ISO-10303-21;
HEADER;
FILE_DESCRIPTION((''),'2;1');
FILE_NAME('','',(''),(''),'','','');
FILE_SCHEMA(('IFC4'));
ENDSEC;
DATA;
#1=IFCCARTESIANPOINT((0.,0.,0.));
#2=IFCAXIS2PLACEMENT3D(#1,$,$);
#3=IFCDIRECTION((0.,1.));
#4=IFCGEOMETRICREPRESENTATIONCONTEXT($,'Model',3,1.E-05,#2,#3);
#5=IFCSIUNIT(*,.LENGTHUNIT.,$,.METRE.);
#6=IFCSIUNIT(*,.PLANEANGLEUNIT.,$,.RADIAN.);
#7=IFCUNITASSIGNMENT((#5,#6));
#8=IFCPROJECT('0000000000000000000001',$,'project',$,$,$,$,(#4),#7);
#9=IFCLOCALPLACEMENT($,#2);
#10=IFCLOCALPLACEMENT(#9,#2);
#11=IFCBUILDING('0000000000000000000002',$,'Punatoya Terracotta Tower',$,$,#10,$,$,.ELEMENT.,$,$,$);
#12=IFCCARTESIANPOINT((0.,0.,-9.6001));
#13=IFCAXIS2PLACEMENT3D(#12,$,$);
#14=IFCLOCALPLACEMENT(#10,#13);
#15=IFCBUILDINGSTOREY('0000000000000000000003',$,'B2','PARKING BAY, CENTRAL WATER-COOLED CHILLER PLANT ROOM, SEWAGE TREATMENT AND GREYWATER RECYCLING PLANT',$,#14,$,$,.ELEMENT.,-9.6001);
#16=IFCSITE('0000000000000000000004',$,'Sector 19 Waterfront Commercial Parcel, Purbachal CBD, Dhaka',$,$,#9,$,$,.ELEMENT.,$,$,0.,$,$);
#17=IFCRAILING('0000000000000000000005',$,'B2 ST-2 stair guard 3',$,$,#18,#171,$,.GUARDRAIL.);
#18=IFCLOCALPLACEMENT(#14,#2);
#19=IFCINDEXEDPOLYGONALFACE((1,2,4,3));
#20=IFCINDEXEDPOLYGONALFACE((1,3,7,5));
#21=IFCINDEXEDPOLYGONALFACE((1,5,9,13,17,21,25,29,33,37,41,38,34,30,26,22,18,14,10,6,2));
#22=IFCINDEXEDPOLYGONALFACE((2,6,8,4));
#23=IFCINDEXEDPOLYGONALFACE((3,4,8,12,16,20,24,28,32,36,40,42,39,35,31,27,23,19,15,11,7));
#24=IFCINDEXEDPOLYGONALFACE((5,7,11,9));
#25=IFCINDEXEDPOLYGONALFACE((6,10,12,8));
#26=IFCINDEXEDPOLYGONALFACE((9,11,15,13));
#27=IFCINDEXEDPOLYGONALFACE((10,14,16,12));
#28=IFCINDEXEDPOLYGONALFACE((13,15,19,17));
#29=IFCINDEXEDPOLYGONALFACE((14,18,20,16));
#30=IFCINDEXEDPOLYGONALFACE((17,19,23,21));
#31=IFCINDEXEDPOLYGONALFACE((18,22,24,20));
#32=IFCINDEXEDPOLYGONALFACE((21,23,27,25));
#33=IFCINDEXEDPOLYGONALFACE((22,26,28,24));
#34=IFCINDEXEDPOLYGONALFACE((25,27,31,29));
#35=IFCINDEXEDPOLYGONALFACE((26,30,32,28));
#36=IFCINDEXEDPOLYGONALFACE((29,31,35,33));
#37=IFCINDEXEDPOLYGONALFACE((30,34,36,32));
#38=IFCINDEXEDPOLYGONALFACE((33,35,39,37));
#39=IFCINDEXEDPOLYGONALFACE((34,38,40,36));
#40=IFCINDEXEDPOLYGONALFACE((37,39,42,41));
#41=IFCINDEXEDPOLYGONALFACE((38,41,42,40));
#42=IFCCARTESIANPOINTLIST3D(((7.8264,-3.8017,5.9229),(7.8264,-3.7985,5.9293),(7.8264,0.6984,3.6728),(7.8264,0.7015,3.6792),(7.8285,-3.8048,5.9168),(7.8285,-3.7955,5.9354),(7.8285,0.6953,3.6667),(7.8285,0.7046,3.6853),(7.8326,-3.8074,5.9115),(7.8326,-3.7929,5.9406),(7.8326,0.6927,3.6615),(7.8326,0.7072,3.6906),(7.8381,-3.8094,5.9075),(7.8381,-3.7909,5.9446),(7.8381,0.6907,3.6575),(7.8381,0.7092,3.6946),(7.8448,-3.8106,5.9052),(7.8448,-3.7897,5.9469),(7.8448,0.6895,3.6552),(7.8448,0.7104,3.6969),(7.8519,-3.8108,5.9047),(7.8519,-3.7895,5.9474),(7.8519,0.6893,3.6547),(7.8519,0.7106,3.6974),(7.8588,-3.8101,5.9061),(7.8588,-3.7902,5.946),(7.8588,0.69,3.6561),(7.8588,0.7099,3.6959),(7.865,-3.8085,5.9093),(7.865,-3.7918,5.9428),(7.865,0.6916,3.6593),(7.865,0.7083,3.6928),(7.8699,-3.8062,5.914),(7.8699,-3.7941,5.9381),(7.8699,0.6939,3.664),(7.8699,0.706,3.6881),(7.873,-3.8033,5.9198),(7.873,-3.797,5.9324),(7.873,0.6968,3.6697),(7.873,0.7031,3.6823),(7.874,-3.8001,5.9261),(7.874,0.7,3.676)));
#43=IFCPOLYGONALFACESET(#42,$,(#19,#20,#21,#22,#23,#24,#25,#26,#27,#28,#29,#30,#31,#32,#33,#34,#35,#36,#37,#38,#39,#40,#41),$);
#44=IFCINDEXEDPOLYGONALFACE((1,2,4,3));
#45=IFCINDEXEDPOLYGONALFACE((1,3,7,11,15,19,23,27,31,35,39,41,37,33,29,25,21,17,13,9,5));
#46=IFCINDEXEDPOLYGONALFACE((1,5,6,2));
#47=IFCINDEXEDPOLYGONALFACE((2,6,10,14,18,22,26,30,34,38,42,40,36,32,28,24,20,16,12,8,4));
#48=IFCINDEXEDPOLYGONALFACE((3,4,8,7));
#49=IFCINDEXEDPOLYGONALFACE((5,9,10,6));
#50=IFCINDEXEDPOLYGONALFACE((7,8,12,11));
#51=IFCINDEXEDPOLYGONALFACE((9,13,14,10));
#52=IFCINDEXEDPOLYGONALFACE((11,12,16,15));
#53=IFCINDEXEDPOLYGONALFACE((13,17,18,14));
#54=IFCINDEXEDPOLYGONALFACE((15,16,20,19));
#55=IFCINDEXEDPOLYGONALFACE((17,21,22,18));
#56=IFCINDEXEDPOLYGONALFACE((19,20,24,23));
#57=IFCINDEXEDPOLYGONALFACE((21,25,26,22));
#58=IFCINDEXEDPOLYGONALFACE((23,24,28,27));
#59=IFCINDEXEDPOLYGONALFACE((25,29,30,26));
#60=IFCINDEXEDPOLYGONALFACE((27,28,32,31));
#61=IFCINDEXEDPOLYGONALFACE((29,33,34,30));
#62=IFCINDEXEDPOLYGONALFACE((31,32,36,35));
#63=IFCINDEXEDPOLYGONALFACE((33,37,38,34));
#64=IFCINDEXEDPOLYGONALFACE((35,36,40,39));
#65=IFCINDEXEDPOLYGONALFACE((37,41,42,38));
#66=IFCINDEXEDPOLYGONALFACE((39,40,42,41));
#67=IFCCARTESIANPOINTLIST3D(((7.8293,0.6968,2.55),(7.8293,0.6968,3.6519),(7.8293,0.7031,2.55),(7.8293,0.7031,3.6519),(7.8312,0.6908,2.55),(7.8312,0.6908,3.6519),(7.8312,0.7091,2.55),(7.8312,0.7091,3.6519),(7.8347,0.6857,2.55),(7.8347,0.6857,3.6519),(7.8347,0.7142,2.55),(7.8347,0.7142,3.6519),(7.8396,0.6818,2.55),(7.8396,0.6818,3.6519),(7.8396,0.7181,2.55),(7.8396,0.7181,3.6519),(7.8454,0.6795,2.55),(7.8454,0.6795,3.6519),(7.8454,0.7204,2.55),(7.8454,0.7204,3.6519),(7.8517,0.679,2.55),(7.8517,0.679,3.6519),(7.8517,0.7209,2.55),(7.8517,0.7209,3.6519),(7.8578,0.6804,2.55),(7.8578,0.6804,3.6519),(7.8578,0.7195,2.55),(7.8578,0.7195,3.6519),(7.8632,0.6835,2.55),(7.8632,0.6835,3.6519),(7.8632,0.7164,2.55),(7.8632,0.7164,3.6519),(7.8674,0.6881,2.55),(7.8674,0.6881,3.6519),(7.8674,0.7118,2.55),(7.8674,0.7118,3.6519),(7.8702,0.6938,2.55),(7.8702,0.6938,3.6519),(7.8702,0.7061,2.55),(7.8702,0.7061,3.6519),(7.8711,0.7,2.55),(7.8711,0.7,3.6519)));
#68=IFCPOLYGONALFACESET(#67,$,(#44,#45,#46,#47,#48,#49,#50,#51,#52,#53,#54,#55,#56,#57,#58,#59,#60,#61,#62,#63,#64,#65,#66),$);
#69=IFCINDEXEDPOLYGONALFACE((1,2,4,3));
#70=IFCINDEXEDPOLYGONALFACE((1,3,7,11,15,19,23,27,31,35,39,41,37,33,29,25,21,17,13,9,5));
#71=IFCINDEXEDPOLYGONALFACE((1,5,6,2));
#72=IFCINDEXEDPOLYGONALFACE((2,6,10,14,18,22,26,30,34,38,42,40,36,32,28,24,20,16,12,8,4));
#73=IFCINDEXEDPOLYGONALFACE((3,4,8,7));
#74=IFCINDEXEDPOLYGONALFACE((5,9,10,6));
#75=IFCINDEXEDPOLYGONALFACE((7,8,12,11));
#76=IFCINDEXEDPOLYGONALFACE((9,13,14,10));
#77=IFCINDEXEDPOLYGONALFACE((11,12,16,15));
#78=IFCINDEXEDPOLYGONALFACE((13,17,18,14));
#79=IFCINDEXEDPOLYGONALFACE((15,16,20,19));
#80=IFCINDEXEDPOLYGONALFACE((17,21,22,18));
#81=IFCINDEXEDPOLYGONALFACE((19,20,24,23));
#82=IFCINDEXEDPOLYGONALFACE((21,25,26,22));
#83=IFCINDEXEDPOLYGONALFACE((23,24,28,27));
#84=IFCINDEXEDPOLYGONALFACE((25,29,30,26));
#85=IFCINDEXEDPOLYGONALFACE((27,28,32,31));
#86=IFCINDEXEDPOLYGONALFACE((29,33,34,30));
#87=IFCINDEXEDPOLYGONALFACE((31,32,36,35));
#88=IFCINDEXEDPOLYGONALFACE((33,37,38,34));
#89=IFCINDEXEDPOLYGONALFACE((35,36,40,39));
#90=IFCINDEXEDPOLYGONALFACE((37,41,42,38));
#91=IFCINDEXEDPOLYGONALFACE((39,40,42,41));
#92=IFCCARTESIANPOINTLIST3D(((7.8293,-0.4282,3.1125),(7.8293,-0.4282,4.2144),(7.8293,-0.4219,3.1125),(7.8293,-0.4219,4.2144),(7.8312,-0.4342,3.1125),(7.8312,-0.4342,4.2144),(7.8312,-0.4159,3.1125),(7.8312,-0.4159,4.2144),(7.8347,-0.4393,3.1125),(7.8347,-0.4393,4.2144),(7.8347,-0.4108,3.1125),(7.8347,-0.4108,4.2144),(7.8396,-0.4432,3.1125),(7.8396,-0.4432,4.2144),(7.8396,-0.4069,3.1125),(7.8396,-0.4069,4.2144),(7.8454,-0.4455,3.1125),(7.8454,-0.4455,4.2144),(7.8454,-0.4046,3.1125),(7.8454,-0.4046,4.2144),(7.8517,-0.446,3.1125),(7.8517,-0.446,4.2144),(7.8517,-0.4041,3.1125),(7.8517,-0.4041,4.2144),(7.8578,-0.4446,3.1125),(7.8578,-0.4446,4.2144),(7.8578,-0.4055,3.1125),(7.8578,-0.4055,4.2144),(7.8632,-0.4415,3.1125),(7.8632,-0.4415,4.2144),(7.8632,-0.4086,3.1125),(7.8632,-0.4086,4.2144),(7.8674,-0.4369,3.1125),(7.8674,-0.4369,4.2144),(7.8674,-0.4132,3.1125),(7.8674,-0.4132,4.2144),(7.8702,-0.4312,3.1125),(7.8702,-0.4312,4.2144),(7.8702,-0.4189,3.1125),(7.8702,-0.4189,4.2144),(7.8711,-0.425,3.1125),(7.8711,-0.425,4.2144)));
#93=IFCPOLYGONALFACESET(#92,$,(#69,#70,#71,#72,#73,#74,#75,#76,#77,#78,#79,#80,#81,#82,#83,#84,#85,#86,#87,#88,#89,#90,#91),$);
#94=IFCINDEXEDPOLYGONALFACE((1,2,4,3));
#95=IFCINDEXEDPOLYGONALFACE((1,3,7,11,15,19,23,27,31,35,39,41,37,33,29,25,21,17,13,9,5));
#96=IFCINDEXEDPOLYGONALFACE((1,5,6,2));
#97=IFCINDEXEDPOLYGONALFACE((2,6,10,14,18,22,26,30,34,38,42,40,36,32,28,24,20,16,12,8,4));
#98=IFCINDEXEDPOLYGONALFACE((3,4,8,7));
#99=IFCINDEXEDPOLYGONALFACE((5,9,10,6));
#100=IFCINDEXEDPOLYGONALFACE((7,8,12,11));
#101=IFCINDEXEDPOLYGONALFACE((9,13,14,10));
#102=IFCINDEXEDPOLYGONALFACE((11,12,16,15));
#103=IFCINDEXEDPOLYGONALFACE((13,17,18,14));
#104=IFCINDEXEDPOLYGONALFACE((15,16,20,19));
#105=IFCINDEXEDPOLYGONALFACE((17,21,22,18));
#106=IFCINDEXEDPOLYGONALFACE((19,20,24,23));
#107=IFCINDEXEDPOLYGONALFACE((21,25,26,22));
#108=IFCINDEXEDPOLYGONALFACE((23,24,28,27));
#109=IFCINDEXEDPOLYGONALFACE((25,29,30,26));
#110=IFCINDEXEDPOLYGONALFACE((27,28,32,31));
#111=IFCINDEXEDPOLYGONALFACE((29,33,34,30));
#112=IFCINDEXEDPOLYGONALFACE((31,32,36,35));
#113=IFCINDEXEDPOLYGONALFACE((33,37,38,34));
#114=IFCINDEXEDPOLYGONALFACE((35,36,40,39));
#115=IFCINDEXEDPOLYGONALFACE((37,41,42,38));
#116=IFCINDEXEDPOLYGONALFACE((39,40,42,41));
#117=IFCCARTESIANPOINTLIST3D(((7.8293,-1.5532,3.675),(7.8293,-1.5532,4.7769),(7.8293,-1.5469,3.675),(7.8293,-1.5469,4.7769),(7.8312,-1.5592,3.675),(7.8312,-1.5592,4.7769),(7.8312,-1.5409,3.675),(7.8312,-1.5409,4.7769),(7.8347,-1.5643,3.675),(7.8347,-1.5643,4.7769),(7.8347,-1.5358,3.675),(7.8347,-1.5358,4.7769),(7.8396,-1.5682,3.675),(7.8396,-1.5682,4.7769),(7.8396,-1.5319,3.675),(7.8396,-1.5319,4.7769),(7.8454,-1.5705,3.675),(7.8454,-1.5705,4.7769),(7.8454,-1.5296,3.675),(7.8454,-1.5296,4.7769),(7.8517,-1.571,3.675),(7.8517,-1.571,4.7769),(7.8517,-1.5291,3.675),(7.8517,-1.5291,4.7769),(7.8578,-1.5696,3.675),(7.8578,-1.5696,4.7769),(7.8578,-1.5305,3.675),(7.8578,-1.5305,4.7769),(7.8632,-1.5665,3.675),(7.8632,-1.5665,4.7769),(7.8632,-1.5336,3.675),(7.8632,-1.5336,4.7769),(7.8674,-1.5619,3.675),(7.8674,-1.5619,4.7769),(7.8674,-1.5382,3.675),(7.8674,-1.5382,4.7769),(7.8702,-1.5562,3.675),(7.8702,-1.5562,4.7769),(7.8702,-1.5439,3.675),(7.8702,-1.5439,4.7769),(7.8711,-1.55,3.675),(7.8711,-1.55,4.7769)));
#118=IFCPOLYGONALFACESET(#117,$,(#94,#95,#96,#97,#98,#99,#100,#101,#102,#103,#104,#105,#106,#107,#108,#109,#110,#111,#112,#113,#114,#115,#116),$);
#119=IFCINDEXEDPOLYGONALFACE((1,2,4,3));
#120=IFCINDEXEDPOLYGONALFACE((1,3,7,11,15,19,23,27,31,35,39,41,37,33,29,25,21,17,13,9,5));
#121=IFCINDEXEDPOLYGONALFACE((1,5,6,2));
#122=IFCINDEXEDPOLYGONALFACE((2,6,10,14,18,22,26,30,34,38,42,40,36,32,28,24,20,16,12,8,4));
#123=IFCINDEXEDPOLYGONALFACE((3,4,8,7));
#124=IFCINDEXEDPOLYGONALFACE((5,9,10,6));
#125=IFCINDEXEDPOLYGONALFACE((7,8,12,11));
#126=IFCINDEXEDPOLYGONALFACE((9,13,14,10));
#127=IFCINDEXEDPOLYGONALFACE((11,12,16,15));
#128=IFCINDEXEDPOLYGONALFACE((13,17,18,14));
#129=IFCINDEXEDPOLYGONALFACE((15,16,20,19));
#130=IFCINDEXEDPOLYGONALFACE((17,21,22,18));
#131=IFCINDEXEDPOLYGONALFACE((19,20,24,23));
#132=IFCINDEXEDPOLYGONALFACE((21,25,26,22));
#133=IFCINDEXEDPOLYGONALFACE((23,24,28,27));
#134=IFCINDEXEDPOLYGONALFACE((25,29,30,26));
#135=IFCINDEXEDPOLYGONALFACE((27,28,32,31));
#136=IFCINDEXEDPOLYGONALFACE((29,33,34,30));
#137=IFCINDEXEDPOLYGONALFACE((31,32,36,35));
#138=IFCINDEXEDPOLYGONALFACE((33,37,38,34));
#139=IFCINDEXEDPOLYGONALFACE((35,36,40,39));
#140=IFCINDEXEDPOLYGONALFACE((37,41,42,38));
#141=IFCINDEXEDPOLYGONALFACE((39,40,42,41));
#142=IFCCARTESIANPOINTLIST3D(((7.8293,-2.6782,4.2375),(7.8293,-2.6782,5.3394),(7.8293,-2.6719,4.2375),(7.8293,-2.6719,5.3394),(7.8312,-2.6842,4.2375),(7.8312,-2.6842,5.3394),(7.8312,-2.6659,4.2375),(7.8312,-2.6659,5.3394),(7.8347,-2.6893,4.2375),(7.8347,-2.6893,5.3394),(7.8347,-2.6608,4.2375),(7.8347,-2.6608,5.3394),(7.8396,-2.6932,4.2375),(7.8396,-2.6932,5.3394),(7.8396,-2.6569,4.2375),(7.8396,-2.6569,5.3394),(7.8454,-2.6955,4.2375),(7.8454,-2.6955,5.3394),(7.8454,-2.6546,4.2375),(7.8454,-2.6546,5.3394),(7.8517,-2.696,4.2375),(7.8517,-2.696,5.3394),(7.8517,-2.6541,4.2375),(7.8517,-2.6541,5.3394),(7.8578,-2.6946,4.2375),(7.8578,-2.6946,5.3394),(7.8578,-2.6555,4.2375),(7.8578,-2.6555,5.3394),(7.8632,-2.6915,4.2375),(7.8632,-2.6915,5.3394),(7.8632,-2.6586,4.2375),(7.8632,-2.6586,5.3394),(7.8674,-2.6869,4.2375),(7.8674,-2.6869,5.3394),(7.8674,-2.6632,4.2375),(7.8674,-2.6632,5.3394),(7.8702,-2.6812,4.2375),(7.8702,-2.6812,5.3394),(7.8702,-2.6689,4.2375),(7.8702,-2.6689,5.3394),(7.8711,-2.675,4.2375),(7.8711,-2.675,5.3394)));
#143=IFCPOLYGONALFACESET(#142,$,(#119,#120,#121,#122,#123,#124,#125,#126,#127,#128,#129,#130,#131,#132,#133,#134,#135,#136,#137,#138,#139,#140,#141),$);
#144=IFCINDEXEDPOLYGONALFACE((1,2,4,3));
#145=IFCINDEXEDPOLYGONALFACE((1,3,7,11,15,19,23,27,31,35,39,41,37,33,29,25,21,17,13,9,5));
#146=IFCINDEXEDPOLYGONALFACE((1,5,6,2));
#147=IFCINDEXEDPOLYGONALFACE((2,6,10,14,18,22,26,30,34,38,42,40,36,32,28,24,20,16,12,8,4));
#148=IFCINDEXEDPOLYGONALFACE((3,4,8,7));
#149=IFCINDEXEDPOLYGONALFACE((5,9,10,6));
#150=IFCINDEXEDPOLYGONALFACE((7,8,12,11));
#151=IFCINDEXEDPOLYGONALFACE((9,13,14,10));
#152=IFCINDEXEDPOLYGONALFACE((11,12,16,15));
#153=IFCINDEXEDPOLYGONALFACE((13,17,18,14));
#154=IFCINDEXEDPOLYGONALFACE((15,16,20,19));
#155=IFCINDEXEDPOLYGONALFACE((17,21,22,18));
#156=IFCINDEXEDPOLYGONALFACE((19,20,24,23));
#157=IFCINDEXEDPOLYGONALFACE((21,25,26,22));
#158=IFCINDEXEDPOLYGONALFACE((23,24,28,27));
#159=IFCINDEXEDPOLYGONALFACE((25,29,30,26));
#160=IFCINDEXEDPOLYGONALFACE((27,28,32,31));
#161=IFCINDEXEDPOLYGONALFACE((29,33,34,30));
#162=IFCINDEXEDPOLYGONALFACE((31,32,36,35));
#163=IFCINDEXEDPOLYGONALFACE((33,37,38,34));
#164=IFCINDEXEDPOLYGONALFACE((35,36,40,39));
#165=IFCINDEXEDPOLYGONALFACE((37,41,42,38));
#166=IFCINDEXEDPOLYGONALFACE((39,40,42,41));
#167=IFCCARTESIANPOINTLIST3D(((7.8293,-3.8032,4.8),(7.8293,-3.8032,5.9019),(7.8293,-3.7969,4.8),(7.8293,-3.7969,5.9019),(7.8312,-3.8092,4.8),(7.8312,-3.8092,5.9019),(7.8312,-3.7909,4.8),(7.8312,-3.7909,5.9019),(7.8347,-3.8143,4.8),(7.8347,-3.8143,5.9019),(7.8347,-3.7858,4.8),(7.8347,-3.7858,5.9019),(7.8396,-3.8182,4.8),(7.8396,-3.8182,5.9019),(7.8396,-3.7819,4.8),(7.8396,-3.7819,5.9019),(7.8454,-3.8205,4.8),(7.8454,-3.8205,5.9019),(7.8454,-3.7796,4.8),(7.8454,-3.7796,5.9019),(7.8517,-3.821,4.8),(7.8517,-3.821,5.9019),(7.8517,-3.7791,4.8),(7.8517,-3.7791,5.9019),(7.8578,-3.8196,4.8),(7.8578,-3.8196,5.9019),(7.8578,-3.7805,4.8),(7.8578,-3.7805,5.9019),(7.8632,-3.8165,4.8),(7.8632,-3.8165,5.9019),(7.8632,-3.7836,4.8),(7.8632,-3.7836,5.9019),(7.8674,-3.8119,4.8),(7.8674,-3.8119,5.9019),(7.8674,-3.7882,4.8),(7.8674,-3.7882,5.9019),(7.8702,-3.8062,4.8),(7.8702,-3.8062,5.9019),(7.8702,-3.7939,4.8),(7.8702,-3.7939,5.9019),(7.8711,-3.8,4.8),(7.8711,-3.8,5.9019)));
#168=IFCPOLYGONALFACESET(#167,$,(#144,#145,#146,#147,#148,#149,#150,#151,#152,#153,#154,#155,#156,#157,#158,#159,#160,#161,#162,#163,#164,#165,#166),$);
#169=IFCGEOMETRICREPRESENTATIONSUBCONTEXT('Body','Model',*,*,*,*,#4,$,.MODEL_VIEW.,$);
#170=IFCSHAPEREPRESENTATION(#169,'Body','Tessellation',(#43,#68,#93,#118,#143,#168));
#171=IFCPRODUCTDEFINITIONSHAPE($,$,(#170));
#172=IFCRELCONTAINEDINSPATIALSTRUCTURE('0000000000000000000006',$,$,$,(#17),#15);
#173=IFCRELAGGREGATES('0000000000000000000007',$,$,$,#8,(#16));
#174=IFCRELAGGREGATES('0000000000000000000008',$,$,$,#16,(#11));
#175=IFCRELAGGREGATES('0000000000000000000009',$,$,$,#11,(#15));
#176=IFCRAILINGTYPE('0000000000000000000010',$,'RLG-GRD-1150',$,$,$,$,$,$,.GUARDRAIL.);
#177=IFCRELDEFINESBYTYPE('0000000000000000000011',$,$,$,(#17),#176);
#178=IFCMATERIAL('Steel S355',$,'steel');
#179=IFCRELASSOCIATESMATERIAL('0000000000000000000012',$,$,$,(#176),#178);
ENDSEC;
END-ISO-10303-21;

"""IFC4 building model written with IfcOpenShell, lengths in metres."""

from ifc_helpers import new_model, si_unit, direction, frame, origin, origin_2d, place, context, subcontext, project, spatial, circle, extrude, material, type_object, element, save


model = new_model("IFC4")

# Units and contexts
model_context = context("Model", 3, precision=1e-05, world=origin(), true_north=direction((0.0, 1.0)))
body_context = subcontext(model_context, "Body", "Model", "MODEL_VIEW")
ifc_project = project(units=[si_unit("LENGTHUNIT", "METRE"), si_unit("PLANEANGLEUNIT", "RADIAN")], contexts=[model_context])

# Site, building, storey
site_placement = place(None, origin())
site = spatial("IfcSite", under=ifc_project, at=site_placement, Name="Sector 19 Waterfront Commercial Parcel, Purbachal CBD, Dhaka", CompositionType="ELEMENT", RefElevation=0.0)
building_placement = place(site_placement, origin())
building = spatial("IfcBuilding", under=site, at=building_placement, Name="Punatoya Terracotta Tower", CompositionType="ELEMENT")
storey_placement = place(building_placement, frame((0.0, 0.0, -9.6001)))
storey = spatial("IfcBuildingStorey", under=building, at=storey_placement, Name="B2", Description="PARKING BAY, CENTRAL WATER-COOLED CHILLER PLANT ROOM, SEWAGE TREATMENT AND GREYWATER RECYCLING PLANT", CompositionType="ELEMENT", Elevation=-9.6001)

# Shared definitions
ifc_material_1 = material(Name="Steel S355", Category="steel")

# Railing
railing_type_1 = type_object("IfcRailingType", Name="RLG-GRD-1150", PredefinedType="GUARDRAIL", material=ifc_material_1)
railing_1_placement = place(storey_placement, frame((7.8501, 0.7, 2.55)))
element("IfcRailing", 1, at=railing_1_placement, inside=storey, type_object=railing_type_1, Name="B2 ST-2 stair guard 3", PredefinedType="GUARDRAIL", context=body_context, shape_type="SweptSolid", body=[
    extrude(circle(Radius=0.0239, at=origin_2d()), frame((0.0, 0.0, 1.126), z_axis=(0.0, -0.894427, 0.447214), x_axis=(1.0, 0.0, 0.0)), (0.0, 0.0, 1.0), 5.0312),
    extrude(circle(Radius=0.021, at=origin_2d()), origin(), (0.0, 0.0, 1.0), 1.1018),
    extrude(circle(Radius=0.021, at=origin_2d()), frame((0.0, -1.125, 0.5625)), (0.0, 0.0, 1.0), 1.1018),
    extrude(circle(Radius=0.021, at=origin_2d()), frame((0.0, -2.25, 1.125)), (0.0, 0.0, 1.0), 1.1018),
    extrude(circle(Radius=0.021, at=origin_2d()), frame((0.0, -3.375, 1.6875)), (0.0, 0.0, 1.0), 1.1018),
    extrude(circle(Radius=0.021, at=origin_2d()), frame((0.0, -4.5, 2.25)), (0.0, 0.0, 1.0), 1.1018),
])

save(model, "model.ifc")
